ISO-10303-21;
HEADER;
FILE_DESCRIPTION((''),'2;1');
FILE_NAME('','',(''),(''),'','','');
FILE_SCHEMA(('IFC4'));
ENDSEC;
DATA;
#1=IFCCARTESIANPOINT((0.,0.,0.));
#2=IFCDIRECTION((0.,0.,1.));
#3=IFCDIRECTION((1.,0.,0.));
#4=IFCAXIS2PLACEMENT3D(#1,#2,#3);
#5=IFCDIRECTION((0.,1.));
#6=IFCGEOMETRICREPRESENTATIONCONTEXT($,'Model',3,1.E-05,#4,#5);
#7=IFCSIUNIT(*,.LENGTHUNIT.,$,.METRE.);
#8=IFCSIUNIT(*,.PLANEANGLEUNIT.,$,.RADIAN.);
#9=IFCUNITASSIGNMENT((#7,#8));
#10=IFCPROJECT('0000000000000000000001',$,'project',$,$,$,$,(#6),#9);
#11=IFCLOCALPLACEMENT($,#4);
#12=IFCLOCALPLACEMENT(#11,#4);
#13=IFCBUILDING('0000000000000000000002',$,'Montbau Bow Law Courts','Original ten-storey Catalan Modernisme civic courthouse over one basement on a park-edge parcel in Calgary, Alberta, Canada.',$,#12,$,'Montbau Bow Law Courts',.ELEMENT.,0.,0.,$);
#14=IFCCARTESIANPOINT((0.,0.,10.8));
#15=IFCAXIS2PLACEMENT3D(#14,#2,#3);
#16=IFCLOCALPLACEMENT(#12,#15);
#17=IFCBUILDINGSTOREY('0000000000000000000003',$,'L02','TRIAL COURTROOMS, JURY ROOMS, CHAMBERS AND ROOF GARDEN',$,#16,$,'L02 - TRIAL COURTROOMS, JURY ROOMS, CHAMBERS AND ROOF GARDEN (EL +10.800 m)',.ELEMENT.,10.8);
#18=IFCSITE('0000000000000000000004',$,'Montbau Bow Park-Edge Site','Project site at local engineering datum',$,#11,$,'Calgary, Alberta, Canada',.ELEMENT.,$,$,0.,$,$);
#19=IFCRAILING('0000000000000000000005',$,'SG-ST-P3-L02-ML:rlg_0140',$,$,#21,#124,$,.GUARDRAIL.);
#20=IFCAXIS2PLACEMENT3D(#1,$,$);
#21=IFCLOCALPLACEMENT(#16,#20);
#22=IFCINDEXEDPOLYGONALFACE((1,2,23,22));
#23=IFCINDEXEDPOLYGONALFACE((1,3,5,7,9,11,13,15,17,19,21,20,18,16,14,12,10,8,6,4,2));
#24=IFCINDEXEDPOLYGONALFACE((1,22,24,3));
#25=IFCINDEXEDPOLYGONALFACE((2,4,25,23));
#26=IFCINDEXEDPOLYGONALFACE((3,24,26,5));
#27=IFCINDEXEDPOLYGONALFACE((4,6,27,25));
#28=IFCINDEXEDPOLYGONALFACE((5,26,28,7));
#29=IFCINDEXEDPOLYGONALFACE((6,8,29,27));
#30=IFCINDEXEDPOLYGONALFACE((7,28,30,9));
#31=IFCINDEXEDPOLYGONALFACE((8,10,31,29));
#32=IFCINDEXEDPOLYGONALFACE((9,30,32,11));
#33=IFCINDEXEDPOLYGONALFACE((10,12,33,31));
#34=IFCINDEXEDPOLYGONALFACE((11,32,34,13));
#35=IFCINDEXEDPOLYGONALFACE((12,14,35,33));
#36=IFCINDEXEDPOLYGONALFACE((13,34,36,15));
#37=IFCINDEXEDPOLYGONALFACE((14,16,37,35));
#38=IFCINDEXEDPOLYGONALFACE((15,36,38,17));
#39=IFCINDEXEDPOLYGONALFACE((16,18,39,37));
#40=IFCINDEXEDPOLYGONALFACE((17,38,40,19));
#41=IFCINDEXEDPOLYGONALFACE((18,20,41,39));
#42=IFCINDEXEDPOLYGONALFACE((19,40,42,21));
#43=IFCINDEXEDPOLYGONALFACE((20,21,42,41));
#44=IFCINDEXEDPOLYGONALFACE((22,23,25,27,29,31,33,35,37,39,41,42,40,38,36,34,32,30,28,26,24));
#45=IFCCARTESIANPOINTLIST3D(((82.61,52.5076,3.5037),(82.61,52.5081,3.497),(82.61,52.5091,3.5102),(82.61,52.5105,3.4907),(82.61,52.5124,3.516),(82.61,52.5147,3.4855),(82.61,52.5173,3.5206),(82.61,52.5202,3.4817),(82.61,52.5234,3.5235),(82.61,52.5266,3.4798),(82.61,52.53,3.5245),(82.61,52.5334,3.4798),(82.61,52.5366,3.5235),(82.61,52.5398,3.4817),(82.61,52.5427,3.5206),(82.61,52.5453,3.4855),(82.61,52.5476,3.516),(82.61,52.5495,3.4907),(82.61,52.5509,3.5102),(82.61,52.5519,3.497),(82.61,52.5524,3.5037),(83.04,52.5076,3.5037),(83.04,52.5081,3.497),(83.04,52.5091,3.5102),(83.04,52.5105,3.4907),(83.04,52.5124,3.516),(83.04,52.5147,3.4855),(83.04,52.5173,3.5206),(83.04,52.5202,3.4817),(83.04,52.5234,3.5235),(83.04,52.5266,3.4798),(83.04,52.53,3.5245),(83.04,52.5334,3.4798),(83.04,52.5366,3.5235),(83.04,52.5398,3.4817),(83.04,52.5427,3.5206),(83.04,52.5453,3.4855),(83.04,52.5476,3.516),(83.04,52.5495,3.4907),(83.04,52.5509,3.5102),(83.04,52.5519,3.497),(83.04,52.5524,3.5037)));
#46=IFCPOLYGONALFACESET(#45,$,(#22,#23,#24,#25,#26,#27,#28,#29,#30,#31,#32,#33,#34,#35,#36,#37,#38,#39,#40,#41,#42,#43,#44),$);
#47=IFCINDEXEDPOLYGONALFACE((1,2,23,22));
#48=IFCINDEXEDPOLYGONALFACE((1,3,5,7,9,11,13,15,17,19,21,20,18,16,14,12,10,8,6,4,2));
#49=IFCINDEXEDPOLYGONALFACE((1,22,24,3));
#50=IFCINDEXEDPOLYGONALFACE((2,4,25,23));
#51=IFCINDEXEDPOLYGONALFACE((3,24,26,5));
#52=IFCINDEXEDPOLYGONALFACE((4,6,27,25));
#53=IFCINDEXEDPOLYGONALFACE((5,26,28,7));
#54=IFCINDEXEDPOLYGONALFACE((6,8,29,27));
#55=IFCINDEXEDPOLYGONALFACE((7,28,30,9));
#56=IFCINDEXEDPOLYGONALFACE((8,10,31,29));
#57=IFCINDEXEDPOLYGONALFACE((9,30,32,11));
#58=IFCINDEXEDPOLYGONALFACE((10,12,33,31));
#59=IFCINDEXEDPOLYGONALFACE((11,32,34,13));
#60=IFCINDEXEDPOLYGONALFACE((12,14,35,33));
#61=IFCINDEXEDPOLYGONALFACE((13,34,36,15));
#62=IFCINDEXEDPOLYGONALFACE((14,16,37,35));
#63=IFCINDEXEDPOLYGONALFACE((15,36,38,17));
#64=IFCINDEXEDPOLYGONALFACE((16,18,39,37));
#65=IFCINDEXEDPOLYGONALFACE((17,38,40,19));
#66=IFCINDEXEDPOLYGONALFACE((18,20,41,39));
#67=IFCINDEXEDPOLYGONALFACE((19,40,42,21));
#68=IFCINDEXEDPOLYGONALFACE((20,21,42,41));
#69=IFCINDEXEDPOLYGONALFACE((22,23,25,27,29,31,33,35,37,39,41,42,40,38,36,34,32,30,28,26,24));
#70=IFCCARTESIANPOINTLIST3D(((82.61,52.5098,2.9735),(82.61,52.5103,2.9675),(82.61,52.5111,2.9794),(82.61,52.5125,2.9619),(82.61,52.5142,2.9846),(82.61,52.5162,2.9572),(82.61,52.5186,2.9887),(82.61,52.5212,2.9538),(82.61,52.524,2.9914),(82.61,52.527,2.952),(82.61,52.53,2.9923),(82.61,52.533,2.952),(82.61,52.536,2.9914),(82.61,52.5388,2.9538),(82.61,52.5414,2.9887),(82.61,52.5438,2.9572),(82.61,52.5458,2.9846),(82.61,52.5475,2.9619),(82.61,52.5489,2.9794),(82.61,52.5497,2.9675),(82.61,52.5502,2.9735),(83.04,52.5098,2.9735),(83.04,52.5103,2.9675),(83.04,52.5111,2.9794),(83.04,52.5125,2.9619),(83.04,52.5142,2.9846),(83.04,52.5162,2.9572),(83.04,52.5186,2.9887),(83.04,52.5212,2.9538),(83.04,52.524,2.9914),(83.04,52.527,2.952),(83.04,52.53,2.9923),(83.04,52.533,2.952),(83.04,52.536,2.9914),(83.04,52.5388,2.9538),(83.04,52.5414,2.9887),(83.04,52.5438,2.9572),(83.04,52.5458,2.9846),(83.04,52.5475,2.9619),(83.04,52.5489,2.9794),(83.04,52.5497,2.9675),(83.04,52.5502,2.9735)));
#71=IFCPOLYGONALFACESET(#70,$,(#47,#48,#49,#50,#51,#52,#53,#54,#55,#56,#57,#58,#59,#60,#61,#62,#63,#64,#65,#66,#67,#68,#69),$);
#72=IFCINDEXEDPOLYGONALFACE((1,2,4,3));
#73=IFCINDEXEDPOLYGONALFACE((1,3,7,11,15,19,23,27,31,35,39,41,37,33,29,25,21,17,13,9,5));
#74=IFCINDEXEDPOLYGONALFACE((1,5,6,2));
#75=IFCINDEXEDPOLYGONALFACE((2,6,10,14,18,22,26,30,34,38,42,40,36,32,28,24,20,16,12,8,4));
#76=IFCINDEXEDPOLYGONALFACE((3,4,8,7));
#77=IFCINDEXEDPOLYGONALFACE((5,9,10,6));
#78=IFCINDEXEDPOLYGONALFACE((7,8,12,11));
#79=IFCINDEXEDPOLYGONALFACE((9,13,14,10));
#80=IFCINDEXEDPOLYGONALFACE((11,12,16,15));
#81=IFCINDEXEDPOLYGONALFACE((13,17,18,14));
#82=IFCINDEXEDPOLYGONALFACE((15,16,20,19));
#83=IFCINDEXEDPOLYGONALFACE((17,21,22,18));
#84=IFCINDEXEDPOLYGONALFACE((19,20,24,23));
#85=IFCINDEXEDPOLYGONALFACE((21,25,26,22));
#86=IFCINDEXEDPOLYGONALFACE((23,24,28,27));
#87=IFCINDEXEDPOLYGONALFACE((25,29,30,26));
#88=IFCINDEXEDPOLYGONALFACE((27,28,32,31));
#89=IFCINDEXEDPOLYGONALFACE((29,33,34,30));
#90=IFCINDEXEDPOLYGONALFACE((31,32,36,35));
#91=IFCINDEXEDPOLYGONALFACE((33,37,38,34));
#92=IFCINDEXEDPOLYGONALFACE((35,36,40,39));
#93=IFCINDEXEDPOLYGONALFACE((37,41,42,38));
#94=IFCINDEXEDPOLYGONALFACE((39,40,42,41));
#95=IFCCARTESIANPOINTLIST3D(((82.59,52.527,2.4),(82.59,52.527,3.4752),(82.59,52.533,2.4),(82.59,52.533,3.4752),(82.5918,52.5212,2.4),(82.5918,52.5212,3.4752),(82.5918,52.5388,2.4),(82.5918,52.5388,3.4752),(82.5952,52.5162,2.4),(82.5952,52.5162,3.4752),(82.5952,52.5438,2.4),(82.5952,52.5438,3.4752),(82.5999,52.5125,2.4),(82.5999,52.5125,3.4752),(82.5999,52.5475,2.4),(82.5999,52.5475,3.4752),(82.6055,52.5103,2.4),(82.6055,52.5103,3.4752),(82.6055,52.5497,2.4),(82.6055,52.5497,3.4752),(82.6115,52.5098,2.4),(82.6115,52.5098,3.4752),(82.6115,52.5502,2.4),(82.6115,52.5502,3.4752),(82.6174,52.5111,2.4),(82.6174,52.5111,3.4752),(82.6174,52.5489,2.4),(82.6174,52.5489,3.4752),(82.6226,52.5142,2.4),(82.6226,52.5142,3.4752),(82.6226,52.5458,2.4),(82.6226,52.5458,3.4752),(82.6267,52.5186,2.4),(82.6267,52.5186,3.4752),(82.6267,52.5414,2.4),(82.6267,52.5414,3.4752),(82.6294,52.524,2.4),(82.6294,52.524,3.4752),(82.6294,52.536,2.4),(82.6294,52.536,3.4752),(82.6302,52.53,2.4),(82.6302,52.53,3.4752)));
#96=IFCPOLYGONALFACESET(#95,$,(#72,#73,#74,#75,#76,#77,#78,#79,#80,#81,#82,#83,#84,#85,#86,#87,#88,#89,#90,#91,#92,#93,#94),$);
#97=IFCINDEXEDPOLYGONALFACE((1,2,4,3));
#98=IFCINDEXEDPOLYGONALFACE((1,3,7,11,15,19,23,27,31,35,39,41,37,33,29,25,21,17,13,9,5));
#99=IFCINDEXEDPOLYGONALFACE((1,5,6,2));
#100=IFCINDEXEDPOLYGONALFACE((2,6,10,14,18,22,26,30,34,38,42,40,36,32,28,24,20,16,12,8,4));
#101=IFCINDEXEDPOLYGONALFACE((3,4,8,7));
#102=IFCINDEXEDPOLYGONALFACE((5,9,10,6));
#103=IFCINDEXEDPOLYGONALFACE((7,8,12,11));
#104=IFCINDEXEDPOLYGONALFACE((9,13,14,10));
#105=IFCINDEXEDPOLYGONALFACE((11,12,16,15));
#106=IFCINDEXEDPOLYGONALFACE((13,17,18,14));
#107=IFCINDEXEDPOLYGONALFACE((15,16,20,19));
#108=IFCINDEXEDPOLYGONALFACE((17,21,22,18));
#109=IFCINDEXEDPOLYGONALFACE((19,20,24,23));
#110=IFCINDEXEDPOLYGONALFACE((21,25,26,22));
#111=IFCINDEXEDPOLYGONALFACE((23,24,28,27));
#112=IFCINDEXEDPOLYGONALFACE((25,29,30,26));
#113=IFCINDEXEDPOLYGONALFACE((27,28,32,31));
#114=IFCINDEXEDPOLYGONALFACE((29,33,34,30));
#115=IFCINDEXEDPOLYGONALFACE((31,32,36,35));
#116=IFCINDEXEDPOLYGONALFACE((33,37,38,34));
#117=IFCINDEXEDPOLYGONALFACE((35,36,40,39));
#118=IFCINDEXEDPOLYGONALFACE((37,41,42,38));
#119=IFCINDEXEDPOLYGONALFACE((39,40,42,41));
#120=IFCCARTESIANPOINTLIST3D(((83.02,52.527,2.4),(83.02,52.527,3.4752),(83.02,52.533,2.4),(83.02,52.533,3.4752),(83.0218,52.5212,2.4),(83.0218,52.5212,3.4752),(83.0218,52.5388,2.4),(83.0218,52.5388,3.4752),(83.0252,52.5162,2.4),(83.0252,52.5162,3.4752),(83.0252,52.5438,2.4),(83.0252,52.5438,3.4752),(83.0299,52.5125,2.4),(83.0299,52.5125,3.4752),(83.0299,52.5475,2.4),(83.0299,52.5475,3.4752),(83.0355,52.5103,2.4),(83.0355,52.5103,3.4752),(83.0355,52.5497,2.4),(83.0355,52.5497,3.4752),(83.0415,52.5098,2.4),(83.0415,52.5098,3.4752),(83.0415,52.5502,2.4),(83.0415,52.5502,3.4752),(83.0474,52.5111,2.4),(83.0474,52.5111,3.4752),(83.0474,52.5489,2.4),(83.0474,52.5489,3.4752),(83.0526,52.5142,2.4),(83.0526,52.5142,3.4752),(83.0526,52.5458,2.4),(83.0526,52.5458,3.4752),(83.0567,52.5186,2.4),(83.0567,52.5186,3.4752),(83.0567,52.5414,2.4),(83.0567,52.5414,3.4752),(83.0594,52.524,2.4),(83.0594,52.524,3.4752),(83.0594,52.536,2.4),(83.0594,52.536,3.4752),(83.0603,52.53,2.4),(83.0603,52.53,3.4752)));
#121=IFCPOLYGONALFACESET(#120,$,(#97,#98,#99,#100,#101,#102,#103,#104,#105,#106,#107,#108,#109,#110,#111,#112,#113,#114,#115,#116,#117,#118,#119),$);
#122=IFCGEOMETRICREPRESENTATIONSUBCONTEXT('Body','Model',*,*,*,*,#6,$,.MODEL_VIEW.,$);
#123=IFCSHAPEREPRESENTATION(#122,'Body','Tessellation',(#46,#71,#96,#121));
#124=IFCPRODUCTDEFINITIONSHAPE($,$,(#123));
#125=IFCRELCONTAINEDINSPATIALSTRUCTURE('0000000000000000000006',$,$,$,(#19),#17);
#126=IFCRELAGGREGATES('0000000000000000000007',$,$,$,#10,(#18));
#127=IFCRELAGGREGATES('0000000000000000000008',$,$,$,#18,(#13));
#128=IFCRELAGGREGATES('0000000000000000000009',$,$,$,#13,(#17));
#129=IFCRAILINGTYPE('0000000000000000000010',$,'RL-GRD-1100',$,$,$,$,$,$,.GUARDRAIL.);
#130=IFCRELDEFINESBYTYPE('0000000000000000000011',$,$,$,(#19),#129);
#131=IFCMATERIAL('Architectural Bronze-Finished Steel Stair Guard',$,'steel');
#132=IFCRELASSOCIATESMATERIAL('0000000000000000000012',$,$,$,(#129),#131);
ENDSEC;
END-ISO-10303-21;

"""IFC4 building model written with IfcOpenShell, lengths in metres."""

from ifc_helpers import new_model, si_unit, direction, frame, origin_with_axes, origin_2d_with_axis, place, context, subcontext, project, spatial, circle, extrude, material, type_object, element, save


model = new_model("IFC4")

# Units and contexts
model_context = context("Model", 3, precision=1e-05, world=origin_with_axes(), true_north=direction((0.0, 1.0)))
body_context = subcontext(model_context, "Body", "Model", "MODEL_VIEW")
ifc_project = project(units=[si_unit("LENGTHUNIT", "METRE"), si_unit("PLANEANGLEUNIT", "RADIAN")], contexts=[model_context])

# Site, building, storey
site_placement = place(None, origin_with_axes())
site = spatial("IfcSite", under=ifc_project, at=site_placement, Name="Montbau Bow Park-Edge Site", Description="Project site at local engineering datum", LongName="Calgary, Alberta, Canada", CompositionType="ELEMENT", RefElevation=0.0)
building_placement = place(site_placement, origin_with_axes())
building = spatial("IfcBuilding", under=site, at=building_placement, Name="Montbau Bow Law Courts", Description="Original ten-storey Catalan Modernisme civic courthouse over one basement on a park-edge parcel in Calgary, Alberta, Canada.", LongName="Montbau Bow Law Courts", CompositionType="ELEMENT", ElevationOfRefHeight=0.0, ElevationOfTerrain=0.0)
storey_placement = place(building_placement, frame((0.0, 0.0, 10.8), z_axis=(0.0, 0.0, 1.0), x_axis=(1.0, 0.0, 0.0)))
storey = spatial("IfcBuildingStorey", under=building, at=storey_placement, Name="L02", Description="TRIAL COURTROOMS, JURY ROOMS, CHAMBERS AND ROOF GARDEN", LongName="L02 - TRIAL COURTROOMS, JURY ROOMS, CHAMBERS AND ROOF GARDEN (EL +10.800 m)", CompositionType="ELEMENT", Elevation=10.8)

# Railing
ifc_material_1 = material(Name="Architectural Bronze-Finished Steel Stair Guard", Category="steel")
railing_type_1 = type_object("IfcRailingType", Name="RL-GRD-1100", PredefinedType="GUARDRAIL", material=ifc_material_1)
railing_1_placement = place(None, origin_with_axes())
element("IfcRailing", 1, at=railing_1_placement, inside=storey, type_object=railing_type_1, Name="SG-ST-P3-L02-ML:rlg_0140", PredefinedType="GUARDRAIL", context=body_context, shape_type="SweptSolid", body=[
    extrude(circle(Radius=0.0225, at=origin_2d_with_axis()), frame((82.61, 52.53, 14.302), z_axis=(1.0, 0.0, 0.0), x_axis=(0.0, 0.0, 1.0)), (0.0, 0.0, 1.0), 0.43),
    extrude(circle(Radius=0.0203, at=origin_2d_with_axis()), frame((82.61, 52.53, 13.772), z_axis=(1.0, 0.0, 0.0), x_axis=(0.0, 0.0, 1.0)), (0.0, 0.0, 1.0), 0.43),
    extrude(circle(Radius=0.0203, at=origin_2d_with_axis()), frame((82.61, 52.53, 13.2), z_axis=(0.0, 0.0, 1.0), x_axis=(1.0, 0.0, 0.0)), (0.0, 0.0, 1.0), 1.0753),
    extrude(circle(Radius=0.0203, at=origin_2d_with_axis()), frame((83.04, 52.53, 13.2), z_axis=(0.0, 0.0, 1.0), x_axis=(1.0, 0.0, 0.0)), (0.0, 0.0, 1.0), 1.0753),
])

save(model, "model.ifc")
